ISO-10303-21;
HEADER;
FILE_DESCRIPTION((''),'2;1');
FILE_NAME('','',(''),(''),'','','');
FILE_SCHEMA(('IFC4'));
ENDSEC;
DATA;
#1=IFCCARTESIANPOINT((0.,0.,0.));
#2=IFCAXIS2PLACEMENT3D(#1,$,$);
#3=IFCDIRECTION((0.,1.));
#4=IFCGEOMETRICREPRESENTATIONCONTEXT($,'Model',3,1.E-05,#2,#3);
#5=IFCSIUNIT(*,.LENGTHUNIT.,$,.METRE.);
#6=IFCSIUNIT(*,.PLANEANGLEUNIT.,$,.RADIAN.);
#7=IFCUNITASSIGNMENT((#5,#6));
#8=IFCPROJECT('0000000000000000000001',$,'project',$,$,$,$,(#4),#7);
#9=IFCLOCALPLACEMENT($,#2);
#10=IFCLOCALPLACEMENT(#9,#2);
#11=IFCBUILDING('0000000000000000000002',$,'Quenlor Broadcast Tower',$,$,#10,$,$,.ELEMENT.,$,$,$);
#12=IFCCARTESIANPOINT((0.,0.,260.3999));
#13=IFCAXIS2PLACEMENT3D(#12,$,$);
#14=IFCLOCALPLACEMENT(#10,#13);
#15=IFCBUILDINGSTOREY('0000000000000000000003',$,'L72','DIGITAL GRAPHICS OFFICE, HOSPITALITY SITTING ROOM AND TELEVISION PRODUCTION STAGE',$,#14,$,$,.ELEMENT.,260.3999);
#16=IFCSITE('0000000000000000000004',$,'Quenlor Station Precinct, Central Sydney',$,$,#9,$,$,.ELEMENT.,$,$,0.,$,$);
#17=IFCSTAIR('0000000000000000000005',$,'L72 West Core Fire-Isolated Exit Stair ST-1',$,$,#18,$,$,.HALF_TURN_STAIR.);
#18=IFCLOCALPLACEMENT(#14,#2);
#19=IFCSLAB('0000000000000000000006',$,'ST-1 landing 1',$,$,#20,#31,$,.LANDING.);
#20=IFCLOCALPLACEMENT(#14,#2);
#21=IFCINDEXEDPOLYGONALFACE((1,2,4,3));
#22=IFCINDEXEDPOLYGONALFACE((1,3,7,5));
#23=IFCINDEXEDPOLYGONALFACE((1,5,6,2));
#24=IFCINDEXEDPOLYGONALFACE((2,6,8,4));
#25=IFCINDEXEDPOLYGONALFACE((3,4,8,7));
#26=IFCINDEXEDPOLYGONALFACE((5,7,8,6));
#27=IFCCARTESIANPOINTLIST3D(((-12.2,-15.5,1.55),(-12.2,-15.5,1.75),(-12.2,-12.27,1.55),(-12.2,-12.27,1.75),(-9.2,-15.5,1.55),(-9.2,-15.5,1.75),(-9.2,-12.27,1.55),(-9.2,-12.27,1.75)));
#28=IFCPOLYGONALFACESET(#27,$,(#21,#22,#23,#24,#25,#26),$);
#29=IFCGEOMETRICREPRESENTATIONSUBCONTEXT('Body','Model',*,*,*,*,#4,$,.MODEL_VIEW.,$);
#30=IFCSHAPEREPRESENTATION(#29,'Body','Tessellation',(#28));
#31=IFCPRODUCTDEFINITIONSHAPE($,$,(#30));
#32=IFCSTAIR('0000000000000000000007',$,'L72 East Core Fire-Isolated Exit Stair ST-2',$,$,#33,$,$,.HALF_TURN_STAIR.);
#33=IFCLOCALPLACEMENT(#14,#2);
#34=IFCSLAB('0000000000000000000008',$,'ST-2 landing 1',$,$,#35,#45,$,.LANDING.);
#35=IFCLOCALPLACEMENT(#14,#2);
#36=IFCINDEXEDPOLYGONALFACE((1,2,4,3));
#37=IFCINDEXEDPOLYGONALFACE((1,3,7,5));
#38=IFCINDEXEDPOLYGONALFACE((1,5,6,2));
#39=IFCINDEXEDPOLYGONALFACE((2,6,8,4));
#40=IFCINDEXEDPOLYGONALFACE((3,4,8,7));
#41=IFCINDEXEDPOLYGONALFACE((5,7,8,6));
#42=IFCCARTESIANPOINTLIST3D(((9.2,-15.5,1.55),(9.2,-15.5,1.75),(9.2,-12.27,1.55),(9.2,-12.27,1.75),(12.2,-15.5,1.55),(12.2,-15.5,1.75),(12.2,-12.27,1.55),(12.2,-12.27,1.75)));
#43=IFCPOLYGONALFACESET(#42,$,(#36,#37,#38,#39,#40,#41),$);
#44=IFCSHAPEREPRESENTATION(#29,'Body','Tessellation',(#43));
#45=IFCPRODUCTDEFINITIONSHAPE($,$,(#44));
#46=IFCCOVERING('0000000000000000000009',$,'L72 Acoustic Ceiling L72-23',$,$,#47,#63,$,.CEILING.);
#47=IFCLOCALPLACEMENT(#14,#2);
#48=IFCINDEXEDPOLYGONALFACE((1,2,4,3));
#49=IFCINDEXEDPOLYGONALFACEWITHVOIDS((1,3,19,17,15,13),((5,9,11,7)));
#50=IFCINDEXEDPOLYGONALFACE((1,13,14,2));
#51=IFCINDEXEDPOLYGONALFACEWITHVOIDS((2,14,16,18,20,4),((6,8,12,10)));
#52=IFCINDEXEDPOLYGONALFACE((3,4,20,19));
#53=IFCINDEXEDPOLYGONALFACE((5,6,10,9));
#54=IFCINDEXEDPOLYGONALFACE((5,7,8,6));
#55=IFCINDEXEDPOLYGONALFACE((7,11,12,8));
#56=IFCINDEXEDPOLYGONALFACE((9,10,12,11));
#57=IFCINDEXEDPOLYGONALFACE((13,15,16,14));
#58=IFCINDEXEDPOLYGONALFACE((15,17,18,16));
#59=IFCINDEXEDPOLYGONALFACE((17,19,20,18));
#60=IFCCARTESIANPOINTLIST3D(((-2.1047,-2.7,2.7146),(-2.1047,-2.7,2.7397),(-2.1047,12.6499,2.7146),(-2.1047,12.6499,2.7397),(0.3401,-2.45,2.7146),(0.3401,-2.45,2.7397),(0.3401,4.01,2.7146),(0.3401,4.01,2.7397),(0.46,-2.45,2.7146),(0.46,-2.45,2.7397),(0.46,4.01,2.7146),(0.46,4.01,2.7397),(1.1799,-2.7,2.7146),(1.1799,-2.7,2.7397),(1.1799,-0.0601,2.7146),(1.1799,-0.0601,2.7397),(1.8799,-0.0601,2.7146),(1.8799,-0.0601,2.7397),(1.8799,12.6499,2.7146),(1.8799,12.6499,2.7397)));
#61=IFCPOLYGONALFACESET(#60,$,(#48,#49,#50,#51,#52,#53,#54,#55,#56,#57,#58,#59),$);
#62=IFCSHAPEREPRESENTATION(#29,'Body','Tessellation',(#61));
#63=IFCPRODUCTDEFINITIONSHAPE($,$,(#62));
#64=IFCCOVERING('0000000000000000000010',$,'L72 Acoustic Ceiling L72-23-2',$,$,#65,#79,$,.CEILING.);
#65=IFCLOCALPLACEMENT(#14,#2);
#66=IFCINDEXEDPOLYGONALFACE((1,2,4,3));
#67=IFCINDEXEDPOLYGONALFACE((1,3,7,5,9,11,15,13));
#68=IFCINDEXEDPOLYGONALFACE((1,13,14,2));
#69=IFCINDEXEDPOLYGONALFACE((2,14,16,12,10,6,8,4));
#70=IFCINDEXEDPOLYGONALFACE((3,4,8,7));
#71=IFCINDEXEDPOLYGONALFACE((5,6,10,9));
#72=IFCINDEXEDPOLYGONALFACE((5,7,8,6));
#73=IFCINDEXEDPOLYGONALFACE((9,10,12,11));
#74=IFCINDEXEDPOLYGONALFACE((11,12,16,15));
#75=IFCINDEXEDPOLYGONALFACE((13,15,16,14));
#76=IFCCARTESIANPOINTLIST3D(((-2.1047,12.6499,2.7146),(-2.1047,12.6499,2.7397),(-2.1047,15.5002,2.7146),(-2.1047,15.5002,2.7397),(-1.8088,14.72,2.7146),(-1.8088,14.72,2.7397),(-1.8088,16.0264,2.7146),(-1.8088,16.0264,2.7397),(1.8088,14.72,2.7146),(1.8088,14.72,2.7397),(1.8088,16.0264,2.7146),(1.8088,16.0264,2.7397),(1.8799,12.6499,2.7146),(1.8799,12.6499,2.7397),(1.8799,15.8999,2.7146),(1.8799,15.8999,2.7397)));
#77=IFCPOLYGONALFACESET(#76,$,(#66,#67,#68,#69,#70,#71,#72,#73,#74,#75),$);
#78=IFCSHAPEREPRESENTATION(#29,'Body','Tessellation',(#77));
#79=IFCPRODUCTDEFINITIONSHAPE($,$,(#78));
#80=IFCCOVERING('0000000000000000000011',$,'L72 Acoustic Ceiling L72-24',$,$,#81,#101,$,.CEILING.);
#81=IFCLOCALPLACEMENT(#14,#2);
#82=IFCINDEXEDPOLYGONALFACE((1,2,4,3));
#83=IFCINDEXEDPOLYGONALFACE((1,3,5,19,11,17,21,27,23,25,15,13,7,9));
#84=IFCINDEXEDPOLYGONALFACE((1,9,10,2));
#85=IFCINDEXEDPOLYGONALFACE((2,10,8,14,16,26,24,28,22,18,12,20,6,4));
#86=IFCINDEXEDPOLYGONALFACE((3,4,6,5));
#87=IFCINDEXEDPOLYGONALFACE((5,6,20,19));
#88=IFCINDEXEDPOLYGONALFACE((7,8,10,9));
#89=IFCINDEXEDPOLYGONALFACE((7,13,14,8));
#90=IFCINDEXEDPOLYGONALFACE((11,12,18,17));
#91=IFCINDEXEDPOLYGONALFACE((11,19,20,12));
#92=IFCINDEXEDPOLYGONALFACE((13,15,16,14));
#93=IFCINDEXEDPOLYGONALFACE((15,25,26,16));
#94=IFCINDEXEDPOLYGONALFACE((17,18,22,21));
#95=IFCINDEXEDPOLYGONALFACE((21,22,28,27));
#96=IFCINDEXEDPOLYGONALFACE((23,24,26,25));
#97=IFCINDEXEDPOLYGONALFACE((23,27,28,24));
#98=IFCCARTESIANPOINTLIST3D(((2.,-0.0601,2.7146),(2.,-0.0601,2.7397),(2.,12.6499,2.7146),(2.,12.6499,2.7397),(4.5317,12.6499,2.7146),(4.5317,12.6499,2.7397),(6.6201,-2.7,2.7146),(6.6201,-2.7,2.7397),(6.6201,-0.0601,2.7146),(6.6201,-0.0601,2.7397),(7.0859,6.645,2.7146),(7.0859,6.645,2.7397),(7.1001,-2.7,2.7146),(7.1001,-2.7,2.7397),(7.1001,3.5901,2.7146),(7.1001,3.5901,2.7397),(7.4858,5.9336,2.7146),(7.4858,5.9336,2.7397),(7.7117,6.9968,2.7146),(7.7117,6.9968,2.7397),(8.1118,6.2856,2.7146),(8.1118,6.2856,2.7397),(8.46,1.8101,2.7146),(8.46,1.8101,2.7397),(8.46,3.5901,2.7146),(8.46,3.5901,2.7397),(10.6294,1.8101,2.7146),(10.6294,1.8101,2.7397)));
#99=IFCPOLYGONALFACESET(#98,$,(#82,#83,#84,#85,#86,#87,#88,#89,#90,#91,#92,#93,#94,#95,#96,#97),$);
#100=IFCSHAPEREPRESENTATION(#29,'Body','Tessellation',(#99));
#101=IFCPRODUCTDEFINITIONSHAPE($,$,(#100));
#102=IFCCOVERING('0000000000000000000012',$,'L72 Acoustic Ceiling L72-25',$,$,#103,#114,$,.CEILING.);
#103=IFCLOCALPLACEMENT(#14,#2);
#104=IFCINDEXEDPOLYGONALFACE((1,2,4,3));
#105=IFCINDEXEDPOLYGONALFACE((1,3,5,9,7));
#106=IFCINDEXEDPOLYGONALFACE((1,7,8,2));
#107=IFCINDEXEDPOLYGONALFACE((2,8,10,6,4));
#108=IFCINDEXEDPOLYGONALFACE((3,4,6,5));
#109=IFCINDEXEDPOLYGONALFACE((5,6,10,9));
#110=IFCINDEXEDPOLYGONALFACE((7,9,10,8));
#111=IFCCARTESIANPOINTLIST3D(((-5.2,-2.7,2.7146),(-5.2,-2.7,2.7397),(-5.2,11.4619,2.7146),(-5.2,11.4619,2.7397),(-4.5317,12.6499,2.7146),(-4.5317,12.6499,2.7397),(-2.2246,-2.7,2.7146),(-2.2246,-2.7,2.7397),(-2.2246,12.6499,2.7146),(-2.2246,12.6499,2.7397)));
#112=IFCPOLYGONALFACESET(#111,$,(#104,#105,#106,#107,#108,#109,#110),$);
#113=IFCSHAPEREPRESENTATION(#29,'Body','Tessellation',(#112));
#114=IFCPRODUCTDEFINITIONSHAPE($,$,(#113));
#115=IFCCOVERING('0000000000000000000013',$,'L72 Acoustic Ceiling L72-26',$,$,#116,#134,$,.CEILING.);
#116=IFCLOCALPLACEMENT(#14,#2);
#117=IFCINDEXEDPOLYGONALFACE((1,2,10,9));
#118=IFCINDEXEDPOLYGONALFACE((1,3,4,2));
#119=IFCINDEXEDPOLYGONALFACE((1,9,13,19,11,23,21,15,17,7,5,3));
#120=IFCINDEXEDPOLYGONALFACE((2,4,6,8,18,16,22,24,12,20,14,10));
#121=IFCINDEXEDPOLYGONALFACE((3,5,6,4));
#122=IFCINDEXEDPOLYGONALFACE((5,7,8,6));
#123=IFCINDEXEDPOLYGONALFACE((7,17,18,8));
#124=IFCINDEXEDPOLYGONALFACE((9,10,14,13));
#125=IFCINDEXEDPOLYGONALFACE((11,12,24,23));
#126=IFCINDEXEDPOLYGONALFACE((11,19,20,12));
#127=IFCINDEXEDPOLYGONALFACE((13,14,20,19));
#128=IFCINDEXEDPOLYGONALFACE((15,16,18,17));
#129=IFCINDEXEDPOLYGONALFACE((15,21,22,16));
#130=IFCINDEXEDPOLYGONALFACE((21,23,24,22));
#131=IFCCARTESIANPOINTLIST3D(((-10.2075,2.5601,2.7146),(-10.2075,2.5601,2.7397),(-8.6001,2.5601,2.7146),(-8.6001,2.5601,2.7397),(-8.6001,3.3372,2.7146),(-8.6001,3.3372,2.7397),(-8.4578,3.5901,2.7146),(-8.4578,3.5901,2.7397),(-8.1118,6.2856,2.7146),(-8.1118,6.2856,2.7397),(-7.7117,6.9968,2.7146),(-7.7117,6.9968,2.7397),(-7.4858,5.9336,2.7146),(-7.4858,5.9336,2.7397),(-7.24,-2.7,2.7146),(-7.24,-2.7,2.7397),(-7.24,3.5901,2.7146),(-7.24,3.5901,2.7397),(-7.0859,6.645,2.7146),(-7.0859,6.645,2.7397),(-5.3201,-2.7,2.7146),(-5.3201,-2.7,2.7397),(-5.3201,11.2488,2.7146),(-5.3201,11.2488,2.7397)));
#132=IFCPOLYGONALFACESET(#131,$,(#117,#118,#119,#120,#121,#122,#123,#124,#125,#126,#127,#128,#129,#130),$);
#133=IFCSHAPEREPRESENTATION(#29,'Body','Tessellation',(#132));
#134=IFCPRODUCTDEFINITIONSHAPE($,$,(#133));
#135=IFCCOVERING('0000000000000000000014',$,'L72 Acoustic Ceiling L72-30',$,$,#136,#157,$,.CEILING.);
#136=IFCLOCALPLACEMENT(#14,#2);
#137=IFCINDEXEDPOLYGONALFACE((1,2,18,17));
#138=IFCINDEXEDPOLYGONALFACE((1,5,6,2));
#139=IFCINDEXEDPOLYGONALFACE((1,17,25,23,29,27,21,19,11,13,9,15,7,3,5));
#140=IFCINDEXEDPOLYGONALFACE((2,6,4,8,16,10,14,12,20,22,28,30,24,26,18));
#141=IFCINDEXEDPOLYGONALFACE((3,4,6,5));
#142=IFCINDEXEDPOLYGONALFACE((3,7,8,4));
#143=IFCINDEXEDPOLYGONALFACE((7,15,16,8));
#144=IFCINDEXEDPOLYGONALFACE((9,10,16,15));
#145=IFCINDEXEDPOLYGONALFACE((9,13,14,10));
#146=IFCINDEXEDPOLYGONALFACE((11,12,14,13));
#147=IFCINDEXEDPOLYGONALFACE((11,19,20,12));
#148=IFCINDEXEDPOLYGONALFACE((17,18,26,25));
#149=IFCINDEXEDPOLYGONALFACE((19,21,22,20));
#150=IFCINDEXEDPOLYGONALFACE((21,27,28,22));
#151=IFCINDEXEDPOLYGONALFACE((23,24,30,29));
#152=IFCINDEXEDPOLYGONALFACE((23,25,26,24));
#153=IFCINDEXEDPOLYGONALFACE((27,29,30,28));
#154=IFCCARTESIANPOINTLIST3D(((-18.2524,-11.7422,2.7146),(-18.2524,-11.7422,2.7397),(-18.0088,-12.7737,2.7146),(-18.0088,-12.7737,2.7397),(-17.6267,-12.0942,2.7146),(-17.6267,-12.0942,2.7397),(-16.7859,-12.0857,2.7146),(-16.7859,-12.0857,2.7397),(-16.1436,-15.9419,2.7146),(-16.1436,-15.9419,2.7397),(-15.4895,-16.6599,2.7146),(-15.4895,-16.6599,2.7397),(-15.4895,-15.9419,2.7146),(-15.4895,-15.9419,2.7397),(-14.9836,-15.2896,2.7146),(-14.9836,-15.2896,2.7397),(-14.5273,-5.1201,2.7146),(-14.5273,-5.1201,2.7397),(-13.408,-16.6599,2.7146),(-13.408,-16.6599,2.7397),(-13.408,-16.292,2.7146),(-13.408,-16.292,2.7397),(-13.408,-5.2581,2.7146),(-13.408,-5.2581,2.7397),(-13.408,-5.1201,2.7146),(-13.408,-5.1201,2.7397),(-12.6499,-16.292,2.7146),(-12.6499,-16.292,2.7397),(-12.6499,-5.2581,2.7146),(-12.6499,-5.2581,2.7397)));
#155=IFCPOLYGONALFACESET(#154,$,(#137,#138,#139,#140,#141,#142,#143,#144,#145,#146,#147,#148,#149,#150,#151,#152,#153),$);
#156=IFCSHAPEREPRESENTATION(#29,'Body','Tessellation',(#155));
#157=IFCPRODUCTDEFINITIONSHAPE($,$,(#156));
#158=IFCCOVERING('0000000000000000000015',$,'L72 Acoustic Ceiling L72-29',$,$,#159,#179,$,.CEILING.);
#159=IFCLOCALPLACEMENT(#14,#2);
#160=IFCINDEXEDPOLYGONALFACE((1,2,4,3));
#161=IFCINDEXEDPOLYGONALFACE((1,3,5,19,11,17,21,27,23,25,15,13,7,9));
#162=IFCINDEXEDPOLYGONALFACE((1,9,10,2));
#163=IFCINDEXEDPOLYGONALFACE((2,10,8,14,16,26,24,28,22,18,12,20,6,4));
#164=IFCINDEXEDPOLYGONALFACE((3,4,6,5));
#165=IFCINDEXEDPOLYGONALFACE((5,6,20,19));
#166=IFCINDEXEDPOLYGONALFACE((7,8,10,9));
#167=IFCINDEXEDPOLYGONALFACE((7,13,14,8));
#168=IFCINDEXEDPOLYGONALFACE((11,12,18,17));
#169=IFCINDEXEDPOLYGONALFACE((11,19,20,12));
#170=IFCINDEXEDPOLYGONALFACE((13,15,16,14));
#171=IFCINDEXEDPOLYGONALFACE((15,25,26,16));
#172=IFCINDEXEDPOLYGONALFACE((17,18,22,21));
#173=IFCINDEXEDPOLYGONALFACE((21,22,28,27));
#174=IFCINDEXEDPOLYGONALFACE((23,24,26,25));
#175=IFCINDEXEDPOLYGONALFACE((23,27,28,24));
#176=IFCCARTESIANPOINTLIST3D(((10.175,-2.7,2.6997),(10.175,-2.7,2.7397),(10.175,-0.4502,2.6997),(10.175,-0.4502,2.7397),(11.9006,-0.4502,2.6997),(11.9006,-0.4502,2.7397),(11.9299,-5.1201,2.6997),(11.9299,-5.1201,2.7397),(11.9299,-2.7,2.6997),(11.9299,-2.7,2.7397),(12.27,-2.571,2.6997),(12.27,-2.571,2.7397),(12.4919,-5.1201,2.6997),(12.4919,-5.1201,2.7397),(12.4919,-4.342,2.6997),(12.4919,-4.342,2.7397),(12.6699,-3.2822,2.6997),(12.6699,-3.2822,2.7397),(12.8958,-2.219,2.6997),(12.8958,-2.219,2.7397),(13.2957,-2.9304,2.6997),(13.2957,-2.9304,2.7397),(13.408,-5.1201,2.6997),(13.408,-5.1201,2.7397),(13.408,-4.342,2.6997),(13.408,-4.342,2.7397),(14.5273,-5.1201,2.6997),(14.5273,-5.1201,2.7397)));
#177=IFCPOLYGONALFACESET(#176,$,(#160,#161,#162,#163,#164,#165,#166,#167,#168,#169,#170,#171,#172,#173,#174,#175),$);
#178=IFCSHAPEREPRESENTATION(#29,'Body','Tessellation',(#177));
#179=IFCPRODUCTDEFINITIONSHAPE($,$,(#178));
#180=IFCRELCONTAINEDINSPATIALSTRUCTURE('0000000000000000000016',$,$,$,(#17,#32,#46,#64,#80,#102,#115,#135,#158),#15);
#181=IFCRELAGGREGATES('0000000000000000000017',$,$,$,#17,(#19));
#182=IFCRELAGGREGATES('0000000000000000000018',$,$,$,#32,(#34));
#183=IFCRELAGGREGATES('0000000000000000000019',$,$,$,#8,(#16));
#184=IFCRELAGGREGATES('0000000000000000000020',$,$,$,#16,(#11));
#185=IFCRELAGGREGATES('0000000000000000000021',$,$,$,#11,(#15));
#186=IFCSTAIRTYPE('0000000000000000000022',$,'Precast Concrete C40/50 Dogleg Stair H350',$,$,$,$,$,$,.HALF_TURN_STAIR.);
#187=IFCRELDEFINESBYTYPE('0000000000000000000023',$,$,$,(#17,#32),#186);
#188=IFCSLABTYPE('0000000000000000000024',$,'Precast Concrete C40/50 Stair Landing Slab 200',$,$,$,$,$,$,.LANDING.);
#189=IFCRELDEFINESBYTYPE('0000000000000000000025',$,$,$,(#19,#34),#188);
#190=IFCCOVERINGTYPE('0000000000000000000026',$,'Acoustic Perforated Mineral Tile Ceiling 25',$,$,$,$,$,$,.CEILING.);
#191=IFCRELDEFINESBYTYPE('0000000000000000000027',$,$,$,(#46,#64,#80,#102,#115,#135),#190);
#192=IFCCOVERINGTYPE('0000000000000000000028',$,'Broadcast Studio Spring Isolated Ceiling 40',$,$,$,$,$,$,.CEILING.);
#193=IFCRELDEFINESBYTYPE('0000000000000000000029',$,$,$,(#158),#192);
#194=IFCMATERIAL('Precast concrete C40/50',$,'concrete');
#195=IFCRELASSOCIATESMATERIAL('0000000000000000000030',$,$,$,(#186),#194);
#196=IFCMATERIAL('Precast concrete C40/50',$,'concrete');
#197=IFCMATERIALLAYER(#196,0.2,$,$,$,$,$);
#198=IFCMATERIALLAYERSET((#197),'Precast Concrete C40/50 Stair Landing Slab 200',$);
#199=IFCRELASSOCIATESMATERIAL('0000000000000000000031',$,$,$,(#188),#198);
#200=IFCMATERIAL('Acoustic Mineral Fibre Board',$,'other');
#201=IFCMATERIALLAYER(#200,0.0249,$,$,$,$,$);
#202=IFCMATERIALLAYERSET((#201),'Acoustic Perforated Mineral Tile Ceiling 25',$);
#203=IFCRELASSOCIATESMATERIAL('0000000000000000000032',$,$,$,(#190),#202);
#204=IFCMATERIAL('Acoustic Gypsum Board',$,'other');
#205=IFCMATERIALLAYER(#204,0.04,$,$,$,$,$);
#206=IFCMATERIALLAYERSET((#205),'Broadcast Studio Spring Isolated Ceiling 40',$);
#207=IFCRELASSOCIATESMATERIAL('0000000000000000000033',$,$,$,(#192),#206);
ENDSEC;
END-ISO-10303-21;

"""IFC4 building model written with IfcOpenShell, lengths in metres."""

from ifc_helpers import new_model, si_unit, direction, frame, origin, place, context, subcontext, project, spatial, polyline, outline, extrude, material, layer, layer_set, type_object, element, aggregate, save


model = new_model("IFC4")

# Units and contexts
model_context = context("Model", 3, precision=1e-05, world=origin(), true_north=direction((0.0, 1.0)))
body_context = subcontext(model_context, "Body", "Model", "MODEL_VIEW")
ifc_project = project(units=[si_unit("LENGTHUNIT", "METRE"), si_unit("PLANEANGLEUNIT", "RADIAN")], contexts=[model_context])

# Site, building, storey
site_placement = place(None, origin())
site = spatial("IfcSite", under=ifc_project, at=site_placement, Name="Quenlor Station Precinct, Central Sydney", CompositionType="ELEMENT", RefElevation=0.0)
building_placement = place(site_placement, origin())
building = spatial("IfcBuilding", under=site, at=building_placement, Name="Quenlor Broadcast Tower", CompositionType="ELEMENT")
storey_placement = place(building_placement, frame((0.0, 0.0, 260.3999)))
storey = spatial("IfcBuildingStorey", under=building, at=storey_placement, Name="L72", Description="DIGITAL GRAPHICS OFFICE, HOSPITALITY SITTING ROOM AND TELEVISION PRODUCTION STAGE", CompositionType="ELEMENT", Elevation=260.3999)

# Stairs, slabs
ifc_material_1 = material(Name="Precast concrete C40/50", Category="concrete")
stair_type = type_object("IfcStairType", Name="Precast Concrete C40/50 Dogleg Stair H350", PredefinedType="HALF_TURN_STAIR", material=ifc_material_1)
stair_1_placement = place(storey_placement, origin())
stair_1 = element("IfcStair", 1, at=stair_1_placement, inside=storey, type_object=stair_type, Name="L72 West Core Fire-Isolated Exit Stair ST-1", PredefinedType="HALF_TURN_STAIR")
ifc_material_2 = material(Name="Precast concrete C40/50", Category="concrete")
ifc_layer_1 = layer(ifc_material_2, 0.2)
ifc_layer_set_1 = layer_set([ifc_layer_1], Name="Precast Concrete C40/50 Stair Landing Slab 200")
slab_type = type_object("IfcSlabType", Name="Precast Concrete C40/50 Stair Landing Slab 200", PredefinedType="LANDING", material=ifc_layer_set_1)
slab_1_placement = place(storey_placement, frame((0.0, 0.0, 1.55)))
slab_1 = element("IfcSlab", 2, at=slab_1_placement, type_object=slab_type, Name="ST-1 landing 1", PredefinedType="LANDING", context=body_context, shape_type="SweptSolid", body=[
    extrude(outline(polyline([(-12.2, -12.27), (-12.2, -15.5), (-9.2, -15.5), (-9.2, -12.27), (-12.2, -12.27)])), origin(), (0.0, 0.0, 1.0), 0.2),
])
aggregate(stair_1, [slab_1])
stair_2_placement = place(storey_placement, origin())
stair_2 = element("IfcStair", 3, at=stair_2_placement, inside=storey, type_object=stair_type, Name="L72 East Core Fire-Isolated Exit Stair ST-2", PredefinedType="HALF_TURN_STAIR")
slab_2_placement = place(storey_placement, frame((0.0, 0.0, 1.55)))
slab_2 = element("IfcSlab", 4, at=slab_2_placement, type_object=slab_type, Name="ST-2 landing 1", PredefinedType="LANDING", context=body_context, shape_type="SweptSolid", body=[
    extrude(outline(polyline([(9.2, -12.27), (9.2, -15.5), (12.2, -15.5), (12.2, -12.27), (9.2, -12.27)])), origin(), (0.0, 0.0, 1.0), 0.2),
])
aggregate(stair_2, [slab_2])

# Coverings
ifc_material_3 = material(Name="Acoustic Mineral Fibre Board", Category="other")
ifc_layer_2 = layer(ifc_material_3, 0.0249)
ifc_layer_set_2 = layer_set([ifc_layer_2], Name="Acoustic Perforated Mineral Tile Ceiling 25")
covering_type_1 = type_object("IfcCoveringType", Name="Acoustic Perforated Mineral Tile Ceiling 25", PredefinedType="CEILING", material=ifc_layer_set_2)
covering_1_placement = place(storey_placement, frame((0.0, 0.0, 2.7146)))
element("IfcCovering", 5, at=covering_1_placement, inside=storey, type_object=covering_type_1, Name="L72 Acoustic Ceiling L72-23", PredefinedType="CEILING", context=body_context, shape_type="SweptSolid", body=[
    extrude(outline(polyline([(1.8799, -0.0601), (1.1799, -0.0601), (1.1799, -2.7), (-2.1047, -2.7), (-2.1047, 12.6499), (1.8799, 12.6499), (1.8799, -0.0601)]), holes=[polyline([(0.46, -2.45), (0.46, 4.01), (0.3401, 4.01), (0.3401, -2.45), (0.46, -2.45)])]), origin(), (0.0, 0.0, 1.0), 0.0251),
])
covering_2_placement = place(storey_placement, frame((0.0, 0.0, 2.7146)))
element("IfcCovering", 6, at=covering_2_placement, inside=storey, type_object=covering_type_1, Name="L72 Acoustic Ceiling L72-23-2", PredefinedType="CEILING", context=body_context, shape_type="SweptSolid", body=[
    extrude(outline(polyline([(1.8088, 16.0264), (1.8799, 15.8999), (1.8799, 12.6499), (-2.1047, 12.6499), (-2.1047, 15.5002), (-1.8088, 16.0264), (-1.8088, 14.72), (1.8088, 14.72), (1.8088, 16.0264)])), origin(), (0.0, 0.0, 1.0), 0.0251),
])
covering_3_placement = place(storey_placement, frame((0.0, 0.0, 2.7146)))
element("IfcCovering", 7, at=covering_3_placement, inside=storey, type_object=covering_type_1, Name="L72 Acoustic Ceiling L72-24", PredefinedType="CEILING", context=body_context, shape_type="SweptSolid", body=[
    extrude(outline(polyline([(7.1001, 3.5901), (7.1001, -2.7), (6.6201, -2.7), (6.6201, -0.0601), (2.0, -0.0601), (2.0, 12.6499), (4.5317, 12.6499), (7.7117, 6.9968), (7.0859, 6.645), (7.4858, 5.9336), (8.1118, 6.2856), (10.6294, 1.8101), (8.46, 1.8101), (8.46, 3.5901), (7.1001, 3.5901)])), origin(), (0.0, 0.0, 1.0), 0.0251),
])
covering_4_placement = place(storey_placement, frame((0.0, 0.0, 2.7146)))
element("IfcCovering", 8, at=covering_4_placement, inside=storey, type_object=covering_type_1, Name="L72 Acoustic Ceiling L72-25", PredefinedType="CEILING", context=body_context, shape_type="SweptSolid", body=[
    extrude(outline(polyline([(-2.2246, -2.7), (-5.2, -2.7), (-5.2, 11.4619), (-4.5317, 12.6499), (-2.2246, 12.6499), (-2.2246, -2.7)])), origin(), (0.0, 0.0, 1.0), 0.0251),
])
covering_5_placement = place(storey_placement, frame((0.0, 0.0, 2.7146)))
element("IfcCovering", 9, at=covering_5_placement, inside=storey, type_object=covering_type_1, Name="L72 Acoustic Ceiling L72-26", PredefinedType="CEILING", context=body_context, shape_type="SweptSolid", body=[
    extrude(outline(polyline([(-7.24, -2.7), (-7.24, 3.5901), (-8.4578, 3.5901), (-8.6001, 3.3372), (-8.6001, 2.5601), (-10.2075, 2.5601), (-8.1118, 6.2856), (-7.4858, 5.9336), (-7.0859, 6.645), (-7.7117, 6.9968), (-5.3201, 11.2488), (-5.3201, -2.7), (-7.24, -2.7)])), origin(), (0.0, 0.0, 1.0), 0.0251),
])
covering_6_placement = place(storey_placement, frame((0.0, 0.0, 2.7146)))
element("IfcCovering", 10, at=covering_6_placement, inside=storey, type_object=covering_type_1, Name="L72 Acoustic Ceiling L72-30", PredefinedType="CEILING", context=body_context, shape_type="SweptSolid", body=[
    extrude(outline(polyline([(-18.2524, -11.7422), (-14.5273, -5.1201), (-13.408, -5.1201), (-13.408, -5.2581), (-12.6499, -5.2581), (-12.6499, -16.292), (-13.408, -16.292), (-13.408, -16.6599), (-15.4895, -16.6599), (-15.4895, -15.9419), (-16.1436, -15.9419), (-14.9836, -15.2896), (-16.7859, -12.0857), (-18.0088, -12.7737), (-17.6267, -12.0942), (-18.2524, -11.7422)])), origin(), (0.0, 0.0, 1.0), 0.0251),
])
ifc_material_4 = material(Name="Acoustic Gypsum Board", Category="other")
ifc_layer_3 = layer(ifc_material_4, 0.04)
ifc_layer_set_3 = layer_set([ifc_layer_3], Name="Broadcast Studio Spring Isolated Ceiling 40")
covering_type_2 = type_object("IfcCoveringType", Name="Broadcast Studio Spring Isolated Ceiling 40", PredefinedType="CEILING", material=ifc_layer_set_3)
covering_7_placement = place(storey_placement, frame((0.0, 0.0, 2.6997)))
element("IfcCovering", 11, at=covering_7_placement, inside=storey, type_object=covering_type_2, Name="L72 Acoustic Ceiling L72-29", PredefinedType="CEILING", context=body_context, shape_type="SweptSolid", body=[
    extrude(outline(polyline([(13.408, -4.342), (12.4919, -4.342), (12.4919, -5.1201), (11.9299, -5.1201), (11.9299, -2.7), (10.175, -2.7), (10.175, -0.4502), (11.9006, -0.4502), (12.8958, -2.219), (12.27, -2.571), (12.6699, -3.2822), (13.2957, -2.9304), (14.5273, -5.1201), (13.408, -5.1201), (13.408, -4.342)])), origin(), (0.0, 0.0, 1.0), 0.04),
])

save(model, "model.ifc")
